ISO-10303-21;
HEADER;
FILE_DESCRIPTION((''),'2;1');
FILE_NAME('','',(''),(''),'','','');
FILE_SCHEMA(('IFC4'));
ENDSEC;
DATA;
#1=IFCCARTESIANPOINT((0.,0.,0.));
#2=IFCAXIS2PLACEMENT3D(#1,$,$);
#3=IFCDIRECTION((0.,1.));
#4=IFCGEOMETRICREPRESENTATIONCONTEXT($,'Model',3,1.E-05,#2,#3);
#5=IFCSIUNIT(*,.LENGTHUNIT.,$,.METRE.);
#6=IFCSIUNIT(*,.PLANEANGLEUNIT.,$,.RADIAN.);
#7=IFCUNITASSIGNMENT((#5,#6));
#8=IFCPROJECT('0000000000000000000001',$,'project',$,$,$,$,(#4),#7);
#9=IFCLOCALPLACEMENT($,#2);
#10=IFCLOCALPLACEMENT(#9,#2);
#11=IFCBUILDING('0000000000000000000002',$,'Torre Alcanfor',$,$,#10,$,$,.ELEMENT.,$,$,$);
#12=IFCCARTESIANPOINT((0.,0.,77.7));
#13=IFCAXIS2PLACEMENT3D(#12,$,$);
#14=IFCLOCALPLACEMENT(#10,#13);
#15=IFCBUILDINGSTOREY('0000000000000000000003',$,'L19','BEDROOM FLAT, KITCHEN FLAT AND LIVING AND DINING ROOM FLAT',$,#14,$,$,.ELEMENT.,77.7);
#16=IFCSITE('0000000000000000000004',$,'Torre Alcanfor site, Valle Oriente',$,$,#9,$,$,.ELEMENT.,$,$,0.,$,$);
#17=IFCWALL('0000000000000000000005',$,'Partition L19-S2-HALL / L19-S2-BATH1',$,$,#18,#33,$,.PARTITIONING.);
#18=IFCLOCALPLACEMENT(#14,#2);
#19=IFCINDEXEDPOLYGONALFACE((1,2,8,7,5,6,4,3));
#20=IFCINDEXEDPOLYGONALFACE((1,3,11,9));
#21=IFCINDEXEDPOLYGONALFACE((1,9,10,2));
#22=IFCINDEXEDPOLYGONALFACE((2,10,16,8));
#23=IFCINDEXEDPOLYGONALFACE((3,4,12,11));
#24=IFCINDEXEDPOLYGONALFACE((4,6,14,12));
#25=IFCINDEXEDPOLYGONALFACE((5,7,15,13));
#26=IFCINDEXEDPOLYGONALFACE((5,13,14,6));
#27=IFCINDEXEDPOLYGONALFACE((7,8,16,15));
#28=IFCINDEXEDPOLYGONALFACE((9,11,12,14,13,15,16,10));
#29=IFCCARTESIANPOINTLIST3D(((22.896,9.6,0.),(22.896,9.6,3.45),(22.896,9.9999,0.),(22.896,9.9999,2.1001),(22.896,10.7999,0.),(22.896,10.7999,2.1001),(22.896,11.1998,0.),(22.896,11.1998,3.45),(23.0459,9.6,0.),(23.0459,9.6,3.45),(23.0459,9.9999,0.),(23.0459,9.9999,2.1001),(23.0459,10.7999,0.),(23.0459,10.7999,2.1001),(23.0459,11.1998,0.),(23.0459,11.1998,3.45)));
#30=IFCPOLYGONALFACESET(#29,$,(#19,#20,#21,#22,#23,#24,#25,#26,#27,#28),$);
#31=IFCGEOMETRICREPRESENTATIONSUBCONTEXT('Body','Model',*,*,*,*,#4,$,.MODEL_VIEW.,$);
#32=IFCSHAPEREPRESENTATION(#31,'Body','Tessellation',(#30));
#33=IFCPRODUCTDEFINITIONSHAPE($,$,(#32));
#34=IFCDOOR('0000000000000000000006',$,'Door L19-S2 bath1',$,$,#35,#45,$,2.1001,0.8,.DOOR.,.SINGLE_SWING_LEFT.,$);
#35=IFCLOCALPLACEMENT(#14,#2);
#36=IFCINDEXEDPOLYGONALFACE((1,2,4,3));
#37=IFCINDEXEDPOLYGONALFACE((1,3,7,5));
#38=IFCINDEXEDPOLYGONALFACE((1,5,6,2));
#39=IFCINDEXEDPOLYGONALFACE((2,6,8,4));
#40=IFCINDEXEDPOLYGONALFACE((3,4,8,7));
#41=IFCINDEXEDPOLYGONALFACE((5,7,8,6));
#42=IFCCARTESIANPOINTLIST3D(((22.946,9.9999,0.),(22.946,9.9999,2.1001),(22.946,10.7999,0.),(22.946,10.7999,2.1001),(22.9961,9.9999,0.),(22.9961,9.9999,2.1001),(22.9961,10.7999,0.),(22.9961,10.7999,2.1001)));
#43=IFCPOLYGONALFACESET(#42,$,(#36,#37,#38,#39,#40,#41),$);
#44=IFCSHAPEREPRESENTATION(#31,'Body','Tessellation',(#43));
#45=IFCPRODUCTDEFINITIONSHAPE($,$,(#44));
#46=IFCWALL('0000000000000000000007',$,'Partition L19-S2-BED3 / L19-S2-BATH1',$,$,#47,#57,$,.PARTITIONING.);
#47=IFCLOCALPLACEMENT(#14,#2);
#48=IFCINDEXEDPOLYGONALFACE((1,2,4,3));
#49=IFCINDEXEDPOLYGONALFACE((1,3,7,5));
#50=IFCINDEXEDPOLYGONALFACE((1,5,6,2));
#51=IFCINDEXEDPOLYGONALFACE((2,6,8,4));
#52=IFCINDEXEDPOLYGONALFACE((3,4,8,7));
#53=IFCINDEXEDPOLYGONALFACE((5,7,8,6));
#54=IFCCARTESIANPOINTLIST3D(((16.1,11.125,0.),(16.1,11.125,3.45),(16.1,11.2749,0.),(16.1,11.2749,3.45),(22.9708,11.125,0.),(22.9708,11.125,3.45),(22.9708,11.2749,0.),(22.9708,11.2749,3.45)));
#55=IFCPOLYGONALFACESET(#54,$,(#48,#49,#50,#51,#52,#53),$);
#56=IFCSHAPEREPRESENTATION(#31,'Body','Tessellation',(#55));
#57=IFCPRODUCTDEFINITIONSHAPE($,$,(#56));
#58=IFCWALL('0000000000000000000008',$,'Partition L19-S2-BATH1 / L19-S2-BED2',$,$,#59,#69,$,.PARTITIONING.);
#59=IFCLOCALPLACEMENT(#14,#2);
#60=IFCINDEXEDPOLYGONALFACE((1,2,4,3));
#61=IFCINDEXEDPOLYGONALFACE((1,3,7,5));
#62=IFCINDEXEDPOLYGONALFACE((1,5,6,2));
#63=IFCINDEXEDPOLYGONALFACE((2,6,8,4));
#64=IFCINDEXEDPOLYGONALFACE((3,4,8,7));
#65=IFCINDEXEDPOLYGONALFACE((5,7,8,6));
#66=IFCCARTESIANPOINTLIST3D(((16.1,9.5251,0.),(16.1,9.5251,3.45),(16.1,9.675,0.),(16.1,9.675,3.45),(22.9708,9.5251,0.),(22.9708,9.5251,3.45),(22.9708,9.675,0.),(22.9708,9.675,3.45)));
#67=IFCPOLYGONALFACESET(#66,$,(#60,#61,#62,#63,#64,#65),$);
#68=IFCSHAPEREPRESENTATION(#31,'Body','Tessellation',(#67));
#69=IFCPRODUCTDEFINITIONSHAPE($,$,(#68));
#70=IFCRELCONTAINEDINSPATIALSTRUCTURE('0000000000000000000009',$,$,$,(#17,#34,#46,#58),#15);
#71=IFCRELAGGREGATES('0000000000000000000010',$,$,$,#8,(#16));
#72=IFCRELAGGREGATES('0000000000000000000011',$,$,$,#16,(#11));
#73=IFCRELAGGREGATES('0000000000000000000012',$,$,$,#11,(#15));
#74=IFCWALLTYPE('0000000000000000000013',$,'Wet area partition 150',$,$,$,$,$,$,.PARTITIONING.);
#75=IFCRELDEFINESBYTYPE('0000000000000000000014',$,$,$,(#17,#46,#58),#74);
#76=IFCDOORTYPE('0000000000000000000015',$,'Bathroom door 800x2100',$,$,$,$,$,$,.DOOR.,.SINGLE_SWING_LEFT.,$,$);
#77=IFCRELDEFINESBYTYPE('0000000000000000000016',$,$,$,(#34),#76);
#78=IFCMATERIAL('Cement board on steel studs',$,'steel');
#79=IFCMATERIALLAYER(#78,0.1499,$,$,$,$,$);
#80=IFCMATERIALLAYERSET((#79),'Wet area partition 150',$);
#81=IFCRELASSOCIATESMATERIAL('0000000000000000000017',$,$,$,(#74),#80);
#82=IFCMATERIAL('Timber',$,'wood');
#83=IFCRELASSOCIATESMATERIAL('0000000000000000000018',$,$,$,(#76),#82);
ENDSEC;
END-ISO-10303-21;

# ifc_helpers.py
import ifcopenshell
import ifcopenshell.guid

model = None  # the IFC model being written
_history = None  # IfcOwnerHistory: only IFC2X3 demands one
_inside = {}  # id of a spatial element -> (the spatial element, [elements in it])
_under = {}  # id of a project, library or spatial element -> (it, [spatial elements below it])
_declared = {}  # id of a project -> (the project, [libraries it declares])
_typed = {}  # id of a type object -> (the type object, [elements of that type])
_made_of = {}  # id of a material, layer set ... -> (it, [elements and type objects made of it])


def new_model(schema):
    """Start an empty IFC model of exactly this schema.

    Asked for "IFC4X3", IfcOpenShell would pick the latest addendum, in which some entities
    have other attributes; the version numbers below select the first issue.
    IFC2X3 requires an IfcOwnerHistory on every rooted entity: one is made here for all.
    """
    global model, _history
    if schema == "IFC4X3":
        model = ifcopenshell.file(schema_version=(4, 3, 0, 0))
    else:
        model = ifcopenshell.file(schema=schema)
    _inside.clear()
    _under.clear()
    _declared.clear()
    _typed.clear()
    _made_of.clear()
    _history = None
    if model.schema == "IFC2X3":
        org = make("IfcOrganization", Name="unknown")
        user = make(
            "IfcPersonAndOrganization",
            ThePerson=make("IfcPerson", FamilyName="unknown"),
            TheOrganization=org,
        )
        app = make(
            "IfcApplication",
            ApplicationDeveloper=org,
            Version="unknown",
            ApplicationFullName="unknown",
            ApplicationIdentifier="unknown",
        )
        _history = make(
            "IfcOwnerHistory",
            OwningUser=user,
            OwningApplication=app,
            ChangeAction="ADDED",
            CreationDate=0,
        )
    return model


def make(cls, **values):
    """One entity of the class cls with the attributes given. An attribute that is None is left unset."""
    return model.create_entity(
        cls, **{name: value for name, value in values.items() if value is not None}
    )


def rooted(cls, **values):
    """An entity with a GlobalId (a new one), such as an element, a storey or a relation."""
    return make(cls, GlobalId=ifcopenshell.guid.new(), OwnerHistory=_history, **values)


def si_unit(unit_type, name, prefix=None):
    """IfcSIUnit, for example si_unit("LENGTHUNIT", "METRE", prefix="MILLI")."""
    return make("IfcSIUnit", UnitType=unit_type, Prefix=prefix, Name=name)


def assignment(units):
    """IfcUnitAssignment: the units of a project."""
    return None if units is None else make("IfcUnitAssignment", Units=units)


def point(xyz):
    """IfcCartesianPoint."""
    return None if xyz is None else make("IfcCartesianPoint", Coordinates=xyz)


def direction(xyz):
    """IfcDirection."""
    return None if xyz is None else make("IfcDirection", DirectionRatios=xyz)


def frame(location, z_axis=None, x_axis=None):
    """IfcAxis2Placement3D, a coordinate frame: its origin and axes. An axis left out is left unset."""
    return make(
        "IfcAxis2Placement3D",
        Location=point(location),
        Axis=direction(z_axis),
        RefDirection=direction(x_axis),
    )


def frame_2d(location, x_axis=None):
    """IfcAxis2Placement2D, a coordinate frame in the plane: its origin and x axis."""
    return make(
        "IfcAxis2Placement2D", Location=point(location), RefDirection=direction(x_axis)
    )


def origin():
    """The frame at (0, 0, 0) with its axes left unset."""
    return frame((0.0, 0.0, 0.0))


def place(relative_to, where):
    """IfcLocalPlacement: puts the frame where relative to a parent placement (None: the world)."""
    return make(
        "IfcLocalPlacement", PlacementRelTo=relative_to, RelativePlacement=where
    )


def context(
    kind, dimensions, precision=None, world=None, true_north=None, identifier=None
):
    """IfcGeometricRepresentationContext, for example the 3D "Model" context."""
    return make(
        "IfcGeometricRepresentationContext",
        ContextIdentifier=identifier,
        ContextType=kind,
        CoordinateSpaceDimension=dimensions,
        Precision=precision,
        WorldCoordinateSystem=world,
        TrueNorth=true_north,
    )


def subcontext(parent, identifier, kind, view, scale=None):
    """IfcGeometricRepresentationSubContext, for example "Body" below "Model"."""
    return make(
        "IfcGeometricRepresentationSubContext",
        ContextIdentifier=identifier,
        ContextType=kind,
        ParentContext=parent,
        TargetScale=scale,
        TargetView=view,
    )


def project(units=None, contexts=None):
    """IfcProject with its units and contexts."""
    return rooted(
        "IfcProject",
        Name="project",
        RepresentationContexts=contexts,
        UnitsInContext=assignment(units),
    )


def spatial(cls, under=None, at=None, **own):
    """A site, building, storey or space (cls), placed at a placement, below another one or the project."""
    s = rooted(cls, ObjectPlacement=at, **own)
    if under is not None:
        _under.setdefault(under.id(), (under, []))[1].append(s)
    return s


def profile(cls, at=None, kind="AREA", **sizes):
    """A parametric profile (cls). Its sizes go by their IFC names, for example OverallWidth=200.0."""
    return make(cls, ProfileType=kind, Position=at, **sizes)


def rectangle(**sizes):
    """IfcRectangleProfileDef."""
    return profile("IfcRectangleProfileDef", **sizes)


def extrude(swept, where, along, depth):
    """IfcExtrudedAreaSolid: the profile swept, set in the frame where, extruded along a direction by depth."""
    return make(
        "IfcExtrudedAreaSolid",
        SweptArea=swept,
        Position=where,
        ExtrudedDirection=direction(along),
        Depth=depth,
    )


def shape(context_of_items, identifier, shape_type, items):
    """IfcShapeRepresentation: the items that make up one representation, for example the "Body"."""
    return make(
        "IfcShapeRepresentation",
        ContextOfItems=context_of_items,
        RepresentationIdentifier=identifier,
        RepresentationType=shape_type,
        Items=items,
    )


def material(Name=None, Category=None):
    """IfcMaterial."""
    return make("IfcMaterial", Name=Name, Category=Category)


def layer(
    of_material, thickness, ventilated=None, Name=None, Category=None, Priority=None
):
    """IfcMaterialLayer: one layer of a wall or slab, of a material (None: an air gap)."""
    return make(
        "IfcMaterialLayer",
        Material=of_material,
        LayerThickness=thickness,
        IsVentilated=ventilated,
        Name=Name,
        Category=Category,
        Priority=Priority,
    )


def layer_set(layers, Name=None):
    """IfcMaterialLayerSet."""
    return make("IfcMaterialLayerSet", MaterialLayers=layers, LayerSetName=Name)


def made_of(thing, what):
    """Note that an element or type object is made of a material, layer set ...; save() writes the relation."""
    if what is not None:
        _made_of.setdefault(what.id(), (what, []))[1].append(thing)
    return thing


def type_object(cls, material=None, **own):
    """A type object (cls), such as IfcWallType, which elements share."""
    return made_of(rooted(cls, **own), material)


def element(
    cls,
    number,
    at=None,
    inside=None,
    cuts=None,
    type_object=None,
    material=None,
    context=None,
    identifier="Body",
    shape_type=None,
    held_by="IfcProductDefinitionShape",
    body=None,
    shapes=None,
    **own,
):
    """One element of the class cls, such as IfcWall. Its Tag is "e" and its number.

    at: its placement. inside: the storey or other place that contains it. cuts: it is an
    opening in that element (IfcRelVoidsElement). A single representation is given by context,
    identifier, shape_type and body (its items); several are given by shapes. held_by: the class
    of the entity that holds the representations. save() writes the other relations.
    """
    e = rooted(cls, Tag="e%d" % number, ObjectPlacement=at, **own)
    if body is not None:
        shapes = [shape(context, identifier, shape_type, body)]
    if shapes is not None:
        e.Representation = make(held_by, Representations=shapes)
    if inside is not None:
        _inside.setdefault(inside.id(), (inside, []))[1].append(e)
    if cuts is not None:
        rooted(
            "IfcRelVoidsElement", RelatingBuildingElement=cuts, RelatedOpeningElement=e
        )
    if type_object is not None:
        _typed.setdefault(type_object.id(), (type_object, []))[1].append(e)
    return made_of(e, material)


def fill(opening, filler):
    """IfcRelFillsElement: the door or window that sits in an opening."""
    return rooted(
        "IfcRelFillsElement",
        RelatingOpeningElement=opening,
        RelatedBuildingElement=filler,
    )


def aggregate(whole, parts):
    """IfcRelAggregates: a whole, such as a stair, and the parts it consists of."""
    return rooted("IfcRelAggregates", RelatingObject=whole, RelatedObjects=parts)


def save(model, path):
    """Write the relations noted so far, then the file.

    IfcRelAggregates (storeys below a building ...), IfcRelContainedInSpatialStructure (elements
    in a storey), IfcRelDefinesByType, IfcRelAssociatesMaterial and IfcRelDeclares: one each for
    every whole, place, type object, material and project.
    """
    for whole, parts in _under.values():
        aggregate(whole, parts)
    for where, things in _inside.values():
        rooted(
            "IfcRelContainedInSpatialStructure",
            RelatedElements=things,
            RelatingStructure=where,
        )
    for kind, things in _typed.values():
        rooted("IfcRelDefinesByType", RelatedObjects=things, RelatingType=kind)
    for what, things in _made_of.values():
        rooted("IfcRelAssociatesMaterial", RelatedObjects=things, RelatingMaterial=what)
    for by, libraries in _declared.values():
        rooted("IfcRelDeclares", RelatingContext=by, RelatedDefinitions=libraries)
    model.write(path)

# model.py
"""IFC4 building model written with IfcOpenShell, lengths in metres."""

from ifc_helpers import new_model, si_unit, direction, frame, frame_2d, origin, place, context, subcontext, project, spatial, rectangle, extrude, material, layer, layer_set, type_object, element, fill, save


model = new_model("IFC4")

# Units and contexts
model_context = context("Model", 3, precision=1e-05, world=origin(), true_north=direction((0.0, 1.0)))
body_context = subcontext(model_context, "Body", "Model", "MODEL_VIEW")
ifc_project = project(units=[si_unit("LENGTHUNIT", "METRE"), si_unit("PLANEANGLEUNIT", "RADIAN")], contexts=[model_context])

# Site, building, storey
site_placement = place(None, origin())
site = spatial("IfcSite", under=ifc_project, at=site_placement, Name="Torre Alcanfor site, Valle Oriente", CompositionType="ELEMENT", RefElevation=0.0)
building_placement = place(site_placement, origin())
building = spatial("IfcBuilding", under=site, at=building_placement, Name="Torre Alcanfor", CompositionType="ELEMENT")
storey_placement = place(building_placement, frame((0.0, 0.0, 77.7)))
storey = spatial("IfcBuildingStorey", under=building, at=storey_placement, Name="L19", Description="BEDROOM FLAT, KITCHEN FLAT AND LIVING AND DINING ROOM FLAT", CompositionType="ELEMENT", Elevation=77.7)

# Wall, opening, door
ifc_material_1 = material(Name="Cement board on steel studs", Category="steel")
ifc_layer_1 = layer(ifc_material_1, 0.1499)
ifc_layer_set_1 = layer_set([ifc_layer_1], Name="Wet area partition 150")
wall_type_1 = type_object("IfcWallType", Name="Wet area partition 150", PredefinedType="PARTITIONING", material=ifc_layer_set_1)
wall_1_placement = place(storey_placement, frame((22.9709, 9.6001, 0.0), z_axis=(0.0, 0.0, 1.0), x_axis=(0.0, 1.0, 0.0)))
wall_1 = element("IfcWall", 1, at=wall_1_placement, inside=storey, type_object=wall_type_1, Name="Partition L19-S2-HALL / L19-S2-BATH1", PredefinedType="PARTITIONING", context=body_context, shape_type="SweptSolid", body=[
    extrude(rectangle(XDim=1.5999, YDim=0.1499, at=frame_2d((0.7998, 0.0))), origin(), (0.0, 0.0, 1.0), 3.45),
])
opening_1_placement = place(wall_1_placement, frame((0.3999, 0.0, 0.0)))
opening_1 = element("IfcOpeningElement", 2, at=opening_1_placement, cuts=wall_1, PredefinedType="OPENING", context=body_context, shape_type="SweptSolid", body=[
    extrude(rectangle(XDim=0.8, YDim=2.1001, at=frame_2d((0.3999, 1.05))), frame((0.0, 0.085, 0.0), z_axis=(0.0, -1.0, 0.0), x_axis=(1.0, 0.0, 0.0)), (0.0, 0.0, 1.0), 0.1699),
])
ifc_material_2 = material(Name="Timber", Category="wood")
door_type_1 = type_object("IfcDoorType", Name="Bathroom door 800x2100", OperationType="SINGLE_SWING_LEFT", PredefinedType="DOOR", material=ifc_material_2)
door_1_placement = place(opening_1_placement, origin())
door_1 = element("IfcDoor", 3, at=door_1_placement, inside=storey, type_object=door_type_1, Name="Door L19-S2 bath1", OperationType="SINGLE_SWING_LEFT", OverallHeight=2.1001, OverallWidth=0.8, PredefinedType="DOOR", context=body_context, shape_type="SweptSolid", body=[
    extrude(rectangle(XDim=0.8, YDim=2.1001, at=frame_2d((0.3999, 1.05))), frame((0.0, 0.0249, 0.0), z_axis=(0.0, -1.0, 0.0), x_axis=(1.0, 0.0, 0.0)), (0.0, 0.0, 1.0), 0.05),
])
fill(opening_1, door_1)

# Walls
for number, where, z_axis, x_axis, name in (
    (4, (22.9709, 11.2, 0.0), (0.0, 0.0, 1.0), (-1.0, 0.0, 0.0), "Partition L19-S2-BED3 / L19-S2-BATH1"),
    (5, (22.9709, 9.6001, 0.0), (0.0, 0.0, 1.0), (-1.0, 0.0, 0.0), "Partition L19-S2-BATH1 / L19-S2-BED2"),
):
    element("IfcWall", number, at=place(storey_placement, frame(where, z_axis=z_axis, x_axis=x_axis)), inside=storey, type_object=wall_type_1, Name=name, PredefinedType="PARTITIONING", context=body_context, shape_type="SweptSolid", body=[
        extrude(rectangle(XDim=6.8708, YDim=0.1499, at=frame_2d((3.4355, 0.0))), origin(), (0.0, 0.0, 1.0), 3.45),
    ])

save(model, "model.ifc")
